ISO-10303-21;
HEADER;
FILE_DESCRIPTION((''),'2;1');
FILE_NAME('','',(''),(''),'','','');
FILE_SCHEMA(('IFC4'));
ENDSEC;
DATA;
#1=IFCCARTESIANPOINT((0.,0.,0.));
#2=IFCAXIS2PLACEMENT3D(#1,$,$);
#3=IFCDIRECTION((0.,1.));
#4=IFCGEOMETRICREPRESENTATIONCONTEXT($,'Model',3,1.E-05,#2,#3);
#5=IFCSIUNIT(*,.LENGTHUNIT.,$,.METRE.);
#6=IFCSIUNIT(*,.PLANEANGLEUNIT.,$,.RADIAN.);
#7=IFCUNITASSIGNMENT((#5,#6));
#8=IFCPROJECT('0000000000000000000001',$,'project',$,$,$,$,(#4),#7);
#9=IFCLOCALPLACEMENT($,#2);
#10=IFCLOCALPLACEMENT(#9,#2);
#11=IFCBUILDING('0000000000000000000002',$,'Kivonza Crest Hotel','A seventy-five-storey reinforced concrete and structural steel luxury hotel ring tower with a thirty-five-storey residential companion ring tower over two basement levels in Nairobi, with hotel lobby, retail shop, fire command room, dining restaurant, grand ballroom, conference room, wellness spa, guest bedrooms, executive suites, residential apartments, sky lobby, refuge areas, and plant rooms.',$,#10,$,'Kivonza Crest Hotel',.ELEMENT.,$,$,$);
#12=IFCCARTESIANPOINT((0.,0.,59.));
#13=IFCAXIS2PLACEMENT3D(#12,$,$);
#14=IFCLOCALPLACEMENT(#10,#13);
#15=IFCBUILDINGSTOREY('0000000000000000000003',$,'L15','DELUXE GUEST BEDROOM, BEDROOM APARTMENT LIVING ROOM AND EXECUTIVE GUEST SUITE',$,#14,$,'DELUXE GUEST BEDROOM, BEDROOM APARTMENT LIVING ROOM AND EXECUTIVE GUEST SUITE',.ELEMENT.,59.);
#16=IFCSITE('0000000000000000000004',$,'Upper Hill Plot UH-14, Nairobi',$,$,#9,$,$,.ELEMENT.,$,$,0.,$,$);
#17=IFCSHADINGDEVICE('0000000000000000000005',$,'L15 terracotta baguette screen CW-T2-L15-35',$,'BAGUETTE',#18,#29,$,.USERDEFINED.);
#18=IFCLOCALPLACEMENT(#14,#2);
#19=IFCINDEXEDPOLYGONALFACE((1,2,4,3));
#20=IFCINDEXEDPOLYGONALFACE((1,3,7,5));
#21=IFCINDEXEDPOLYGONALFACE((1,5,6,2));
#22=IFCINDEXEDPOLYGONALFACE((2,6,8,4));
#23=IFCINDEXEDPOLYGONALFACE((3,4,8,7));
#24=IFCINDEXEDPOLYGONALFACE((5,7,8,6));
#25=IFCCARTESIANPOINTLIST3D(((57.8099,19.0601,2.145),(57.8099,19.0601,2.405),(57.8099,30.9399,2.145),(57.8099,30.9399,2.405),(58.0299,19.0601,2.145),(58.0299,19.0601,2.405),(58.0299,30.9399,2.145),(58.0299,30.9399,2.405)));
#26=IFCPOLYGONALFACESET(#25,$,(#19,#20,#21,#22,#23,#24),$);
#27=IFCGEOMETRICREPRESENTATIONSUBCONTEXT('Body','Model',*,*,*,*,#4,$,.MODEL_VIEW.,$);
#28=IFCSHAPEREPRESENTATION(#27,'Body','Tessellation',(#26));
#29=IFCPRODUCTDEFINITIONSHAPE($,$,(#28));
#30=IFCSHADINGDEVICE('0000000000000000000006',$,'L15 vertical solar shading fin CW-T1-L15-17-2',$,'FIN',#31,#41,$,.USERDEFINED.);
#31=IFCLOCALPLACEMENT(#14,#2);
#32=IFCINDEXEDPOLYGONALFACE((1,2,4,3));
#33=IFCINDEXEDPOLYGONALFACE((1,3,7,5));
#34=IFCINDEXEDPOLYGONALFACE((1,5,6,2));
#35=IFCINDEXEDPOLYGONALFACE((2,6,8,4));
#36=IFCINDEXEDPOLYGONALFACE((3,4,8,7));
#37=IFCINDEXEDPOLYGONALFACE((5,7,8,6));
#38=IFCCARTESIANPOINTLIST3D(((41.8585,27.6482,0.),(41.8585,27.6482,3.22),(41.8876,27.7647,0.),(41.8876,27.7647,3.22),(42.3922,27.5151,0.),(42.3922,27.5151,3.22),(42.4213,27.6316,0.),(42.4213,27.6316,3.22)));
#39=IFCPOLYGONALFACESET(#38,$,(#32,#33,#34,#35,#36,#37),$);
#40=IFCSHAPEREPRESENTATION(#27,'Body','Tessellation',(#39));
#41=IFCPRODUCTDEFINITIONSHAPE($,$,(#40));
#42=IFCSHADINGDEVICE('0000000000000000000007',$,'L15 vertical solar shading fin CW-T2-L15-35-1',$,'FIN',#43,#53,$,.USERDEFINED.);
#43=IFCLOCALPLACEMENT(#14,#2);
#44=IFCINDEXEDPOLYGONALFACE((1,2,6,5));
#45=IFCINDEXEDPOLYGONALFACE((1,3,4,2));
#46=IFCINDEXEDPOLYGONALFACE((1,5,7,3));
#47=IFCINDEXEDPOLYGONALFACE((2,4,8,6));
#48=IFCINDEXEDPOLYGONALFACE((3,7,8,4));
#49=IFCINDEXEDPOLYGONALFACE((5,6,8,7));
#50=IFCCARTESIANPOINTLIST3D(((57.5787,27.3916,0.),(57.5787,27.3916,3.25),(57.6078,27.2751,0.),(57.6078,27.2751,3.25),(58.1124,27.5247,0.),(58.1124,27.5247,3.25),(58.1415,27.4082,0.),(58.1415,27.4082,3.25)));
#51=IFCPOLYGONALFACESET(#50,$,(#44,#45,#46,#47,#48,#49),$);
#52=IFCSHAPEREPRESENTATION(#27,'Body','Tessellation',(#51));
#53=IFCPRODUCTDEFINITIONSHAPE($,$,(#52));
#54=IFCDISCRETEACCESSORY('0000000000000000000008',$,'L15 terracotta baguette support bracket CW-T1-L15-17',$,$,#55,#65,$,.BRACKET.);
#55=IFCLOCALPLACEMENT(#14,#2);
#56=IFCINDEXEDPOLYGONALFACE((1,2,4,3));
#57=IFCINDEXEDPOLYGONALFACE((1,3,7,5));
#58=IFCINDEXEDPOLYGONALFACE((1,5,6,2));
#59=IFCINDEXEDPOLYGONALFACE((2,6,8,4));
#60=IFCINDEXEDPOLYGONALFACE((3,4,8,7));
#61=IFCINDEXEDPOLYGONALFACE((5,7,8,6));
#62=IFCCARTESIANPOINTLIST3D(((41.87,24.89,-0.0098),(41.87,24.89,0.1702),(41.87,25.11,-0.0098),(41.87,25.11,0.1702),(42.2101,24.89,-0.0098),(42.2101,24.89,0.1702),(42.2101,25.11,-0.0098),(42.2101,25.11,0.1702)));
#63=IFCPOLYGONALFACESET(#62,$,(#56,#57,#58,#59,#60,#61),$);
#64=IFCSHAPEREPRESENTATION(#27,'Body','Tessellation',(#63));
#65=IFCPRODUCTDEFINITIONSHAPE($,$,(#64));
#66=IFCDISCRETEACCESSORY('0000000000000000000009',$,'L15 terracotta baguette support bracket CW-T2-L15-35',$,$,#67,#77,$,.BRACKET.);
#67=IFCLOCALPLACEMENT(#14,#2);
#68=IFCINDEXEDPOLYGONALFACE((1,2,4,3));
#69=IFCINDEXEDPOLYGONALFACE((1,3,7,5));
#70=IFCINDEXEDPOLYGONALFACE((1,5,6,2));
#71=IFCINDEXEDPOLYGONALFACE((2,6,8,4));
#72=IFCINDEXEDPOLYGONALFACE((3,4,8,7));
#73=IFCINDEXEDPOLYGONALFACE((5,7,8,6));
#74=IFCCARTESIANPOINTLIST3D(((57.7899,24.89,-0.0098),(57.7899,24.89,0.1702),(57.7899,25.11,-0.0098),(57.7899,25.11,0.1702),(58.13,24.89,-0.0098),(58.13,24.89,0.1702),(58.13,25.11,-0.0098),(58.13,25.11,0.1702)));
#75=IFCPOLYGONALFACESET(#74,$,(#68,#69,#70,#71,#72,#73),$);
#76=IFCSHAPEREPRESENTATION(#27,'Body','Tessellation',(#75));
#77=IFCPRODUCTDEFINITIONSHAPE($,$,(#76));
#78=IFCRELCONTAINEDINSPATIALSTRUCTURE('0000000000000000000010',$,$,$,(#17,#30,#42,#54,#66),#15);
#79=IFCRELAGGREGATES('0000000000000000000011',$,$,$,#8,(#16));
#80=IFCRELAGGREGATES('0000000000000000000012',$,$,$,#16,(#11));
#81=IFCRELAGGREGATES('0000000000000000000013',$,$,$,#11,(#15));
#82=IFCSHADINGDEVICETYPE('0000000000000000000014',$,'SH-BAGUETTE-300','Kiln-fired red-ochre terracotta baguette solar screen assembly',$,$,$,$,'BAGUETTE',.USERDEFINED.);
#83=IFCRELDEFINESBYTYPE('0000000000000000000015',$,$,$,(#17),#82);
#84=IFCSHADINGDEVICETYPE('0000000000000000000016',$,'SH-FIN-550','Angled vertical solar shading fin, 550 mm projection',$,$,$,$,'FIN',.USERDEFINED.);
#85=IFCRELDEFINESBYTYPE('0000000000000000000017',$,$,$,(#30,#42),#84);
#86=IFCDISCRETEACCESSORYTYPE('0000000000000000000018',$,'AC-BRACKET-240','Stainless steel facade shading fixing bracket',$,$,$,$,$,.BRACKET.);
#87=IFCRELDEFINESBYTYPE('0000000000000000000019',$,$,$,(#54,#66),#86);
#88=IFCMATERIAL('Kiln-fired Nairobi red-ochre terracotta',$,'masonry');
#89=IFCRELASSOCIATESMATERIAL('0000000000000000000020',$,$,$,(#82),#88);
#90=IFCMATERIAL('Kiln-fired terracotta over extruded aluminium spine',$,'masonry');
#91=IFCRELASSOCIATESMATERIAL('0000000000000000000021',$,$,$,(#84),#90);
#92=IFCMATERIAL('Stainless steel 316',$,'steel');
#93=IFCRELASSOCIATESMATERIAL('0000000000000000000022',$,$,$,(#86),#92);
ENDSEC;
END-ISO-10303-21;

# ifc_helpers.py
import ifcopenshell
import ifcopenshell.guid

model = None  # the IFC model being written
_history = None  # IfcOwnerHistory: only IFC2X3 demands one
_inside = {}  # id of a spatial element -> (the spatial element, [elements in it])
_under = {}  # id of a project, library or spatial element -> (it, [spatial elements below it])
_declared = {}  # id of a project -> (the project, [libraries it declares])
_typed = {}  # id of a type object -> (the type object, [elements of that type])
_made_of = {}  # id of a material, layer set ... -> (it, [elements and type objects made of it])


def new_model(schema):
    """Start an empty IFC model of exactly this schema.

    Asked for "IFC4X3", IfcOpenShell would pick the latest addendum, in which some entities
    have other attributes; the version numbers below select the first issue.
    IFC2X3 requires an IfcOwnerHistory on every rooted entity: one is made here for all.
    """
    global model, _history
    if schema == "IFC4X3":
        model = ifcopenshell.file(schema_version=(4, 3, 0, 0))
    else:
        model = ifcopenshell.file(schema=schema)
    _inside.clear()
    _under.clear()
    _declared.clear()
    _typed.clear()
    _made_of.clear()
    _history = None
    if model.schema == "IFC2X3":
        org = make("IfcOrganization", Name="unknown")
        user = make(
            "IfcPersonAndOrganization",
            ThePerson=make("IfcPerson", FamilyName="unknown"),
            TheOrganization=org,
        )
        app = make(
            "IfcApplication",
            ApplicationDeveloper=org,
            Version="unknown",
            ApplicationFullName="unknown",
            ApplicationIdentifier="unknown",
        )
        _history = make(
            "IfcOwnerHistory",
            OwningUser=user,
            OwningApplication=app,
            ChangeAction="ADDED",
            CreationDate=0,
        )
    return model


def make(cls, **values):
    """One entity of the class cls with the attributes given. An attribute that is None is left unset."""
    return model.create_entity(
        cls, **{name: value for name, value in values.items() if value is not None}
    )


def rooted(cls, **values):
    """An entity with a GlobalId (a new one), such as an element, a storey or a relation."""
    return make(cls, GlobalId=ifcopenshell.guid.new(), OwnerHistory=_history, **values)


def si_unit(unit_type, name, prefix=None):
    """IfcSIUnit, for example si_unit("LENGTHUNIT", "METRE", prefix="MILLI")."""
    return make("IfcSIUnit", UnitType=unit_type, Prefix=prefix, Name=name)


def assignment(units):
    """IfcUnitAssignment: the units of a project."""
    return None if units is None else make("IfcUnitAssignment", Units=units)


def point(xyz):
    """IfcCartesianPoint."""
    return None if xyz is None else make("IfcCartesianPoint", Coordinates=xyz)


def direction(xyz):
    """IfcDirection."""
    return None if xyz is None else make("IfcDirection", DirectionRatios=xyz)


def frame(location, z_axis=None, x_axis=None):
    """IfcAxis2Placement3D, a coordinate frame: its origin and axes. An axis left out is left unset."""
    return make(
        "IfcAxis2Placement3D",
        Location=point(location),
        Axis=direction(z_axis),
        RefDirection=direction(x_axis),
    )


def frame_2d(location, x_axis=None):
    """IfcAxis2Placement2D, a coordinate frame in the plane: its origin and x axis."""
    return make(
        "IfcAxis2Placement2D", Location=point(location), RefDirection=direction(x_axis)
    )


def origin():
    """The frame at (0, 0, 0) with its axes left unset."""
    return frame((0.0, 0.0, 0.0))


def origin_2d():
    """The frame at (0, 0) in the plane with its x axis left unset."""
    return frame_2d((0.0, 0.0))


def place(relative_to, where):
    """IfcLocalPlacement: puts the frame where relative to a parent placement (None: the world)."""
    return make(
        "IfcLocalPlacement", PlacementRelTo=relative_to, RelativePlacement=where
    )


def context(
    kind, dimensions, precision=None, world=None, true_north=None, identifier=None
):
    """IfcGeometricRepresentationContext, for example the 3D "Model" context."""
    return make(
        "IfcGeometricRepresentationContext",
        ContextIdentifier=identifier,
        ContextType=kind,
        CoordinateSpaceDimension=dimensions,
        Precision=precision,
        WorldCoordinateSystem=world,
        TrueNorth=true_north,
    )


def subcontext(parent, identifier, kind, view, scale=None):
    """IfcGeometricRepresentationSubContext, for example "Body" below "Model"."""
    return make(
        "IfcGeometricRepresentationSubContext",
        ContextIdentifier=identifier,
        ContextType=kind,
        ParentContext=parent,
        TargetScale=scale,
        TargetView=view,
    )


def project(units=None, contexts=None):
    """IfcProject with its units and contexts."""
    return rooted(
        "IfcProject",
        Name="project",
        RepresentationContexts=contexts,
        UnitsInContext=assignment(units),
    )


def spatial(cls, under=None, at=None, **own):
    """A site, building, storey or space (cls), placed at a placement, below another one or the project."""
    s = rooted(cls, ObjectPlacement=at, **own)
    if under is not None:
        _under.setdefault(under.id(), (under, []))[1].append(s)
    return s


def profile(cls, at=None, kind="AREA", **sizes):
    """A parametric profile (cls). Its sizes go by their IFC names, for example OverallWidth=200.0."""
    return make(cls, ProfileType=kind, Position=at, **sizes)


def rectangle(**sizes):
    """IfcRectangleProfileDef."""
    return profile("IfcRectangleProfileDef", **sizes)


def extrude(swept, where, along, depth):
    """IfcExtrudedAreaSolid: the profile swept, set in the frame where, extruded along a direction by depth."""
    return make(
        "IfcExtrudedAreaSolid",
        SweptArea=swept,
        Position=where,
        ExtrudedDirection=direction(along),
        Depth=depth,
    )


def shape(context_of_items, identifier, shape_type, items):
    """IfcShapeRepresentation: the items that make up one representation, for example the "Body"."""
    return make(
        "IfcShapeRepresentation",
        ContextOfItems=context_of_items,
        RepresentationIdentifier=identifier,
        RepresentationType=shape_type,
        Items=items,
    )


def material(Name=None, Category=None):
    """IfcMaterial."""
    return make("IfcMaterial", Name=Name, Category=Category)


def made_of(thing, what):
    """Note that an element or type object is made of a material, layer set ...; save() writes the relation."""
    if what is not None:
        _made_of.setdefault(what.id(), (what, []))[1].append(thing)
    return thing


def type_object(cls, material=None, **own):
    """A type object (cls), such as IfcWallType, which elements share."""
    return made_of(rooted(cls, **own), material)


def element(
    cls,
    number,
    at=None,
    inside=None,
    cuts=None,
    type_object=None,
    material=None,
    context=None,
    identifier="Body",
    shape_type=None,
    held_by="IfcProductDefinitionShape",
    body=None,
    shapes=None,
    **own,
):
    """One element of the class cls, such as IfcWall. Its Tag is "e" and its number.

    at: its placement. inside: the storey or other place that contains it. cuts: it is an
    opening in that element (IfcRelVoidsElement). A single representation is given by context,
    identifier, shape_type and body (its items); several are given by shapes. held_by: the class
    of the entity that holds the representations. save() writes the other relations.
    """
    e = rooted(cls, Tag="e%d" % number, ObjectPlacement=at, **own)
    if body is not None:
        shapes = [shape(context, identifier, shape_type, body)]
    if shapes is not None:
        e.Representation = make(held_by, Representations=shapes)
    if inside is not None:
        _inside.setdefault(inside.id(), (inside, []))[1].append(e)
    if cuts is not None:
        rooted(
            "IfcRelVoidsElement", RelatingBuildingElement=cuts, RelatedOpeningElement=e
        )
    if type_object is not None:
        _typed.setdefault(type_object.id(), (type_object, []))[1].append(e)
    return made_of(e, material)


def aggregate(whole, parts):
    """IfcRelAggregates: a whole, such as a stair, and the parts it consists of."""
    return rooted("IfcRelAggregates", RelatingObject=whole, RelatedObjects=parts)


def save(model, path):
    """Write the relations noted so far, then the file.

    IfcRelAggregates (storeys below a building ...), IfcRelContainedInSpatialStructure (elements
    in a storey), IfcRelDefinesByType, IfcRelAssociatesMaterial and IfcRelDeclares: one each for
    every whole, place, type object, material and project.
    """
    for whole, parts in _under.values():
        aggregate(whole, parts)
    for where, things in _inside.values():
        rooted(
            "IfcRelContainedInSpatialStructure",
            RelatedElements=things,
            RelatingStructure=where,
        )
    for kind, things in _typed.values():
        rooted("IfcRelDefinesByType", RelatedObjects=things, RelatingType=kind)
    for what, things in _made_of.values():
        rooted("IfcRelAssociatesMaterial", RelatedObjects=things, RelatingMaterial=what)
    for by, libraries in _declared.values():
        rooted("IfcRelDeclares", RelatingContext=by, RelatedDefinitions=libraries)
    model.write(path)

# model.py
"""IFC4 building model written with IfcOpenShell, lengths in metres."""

from ifc_helpers import new_model, si_unit, direction, frame, origin, origin_2d, place, context, subcontext, project, spatial, rectangle, extrude, material, type_object, element, save


model = new_model("IFC4")

# Units and contexts
model_context = context("Model", 3, precision=1e-05, world=origin(), true_north=direction((0.0, 1.0)))
body_context = subcontext(model_context, "Body", "Model", "MODEL_VIEW")
ifc_project = project(units=[si_unit("LENGTHUNIT", "METRE"), si_unit("PLANEANGLEUNIT", "RADIAN")], contexts=[model_context])

# Site, building, storey
site_placement = place(None, origin())
site = spatial("IfcSite", under=ifc_project, at=site_placement, Name="Upper Hill Plot UH-14, Nairobi", CompositionType="ELEMENT", RefElevation=0.0)
building_placement = place(site_placement, origin())
building = spatial("IfcBuilding", under=site, at=building_placement, Name="Kivonza Crest Hotel", Description="A seventy-five-storey reinforced concrete and structural steel luxury hotel ring tower with a thirty-five-storey residential companion ring tower over two basement levels in Nairobi, with hotel lobby, retail shop, fire command room, dining restaurant, grand ballroom, conference room, wellness spa, guest bedrooms, executive suites, residential apartments, sky lobby, refuge areas, and plant rooms.", LongName="Kivonza Crest Hotel", CompositionType="ELEMENT")
storey_placement = place(building_placement, frame((0.0, 0.0, 59.0)))
storey = spatial("IfcBuildingStorey", under=building, at=storey_placement, Name="L15", Description="DELUXE GUEST BEDROOM, BEDROOM APARTMENT LIVING ROOM AND EXECUTIVE GUEST SUITE", LongName="DELUXE GUEST BEDROOM, BEDROOM APARTMENT LIVING ROOM AND EXECUTIVE GUEST SUITE", CompositionType="ELEMENT", Elevation=59.0)

# Shading devices
ifc_material_1 = material(Name="Kiln-fired Nairobi red-ochre terracotta", Category="masonry")
shading_device_type_1 = type_object("IfcShadingDeviceType", Name="SH-BAGUETTE-300", Description="Kiln-fired red-ochre terracotta baguette solar screen assembly", ElementType="BAGUETTE", PredefinedType="USERDEFINED", material=ifc_material_1)
shading_device_1_placement = place(storey_placement, frame((57.9199, 25.0, 2.145), z_axis=(0.0, 0.0, 1.0), x_axis=(0.0, -1.0, 0.0)))
element("IfcShadingDevice", 1, at=shading_device_1_placement, inside=storey, type_object=shading_device_type_1, Name="L15 terracotta baguette screen CW-T2-L15-35", ObjectType="BAGUETTE", PredefinedType="USERDEFINED", context=body_context, shape_type="SweptSolid", body=[
    extrude(rectangle(XDim=11.8799, YDim=0.22, at=origin_2d()), origin(), (0.0, 0.0, 1.0), 0.26),
])
ifc_material_2 = material(Name="Kiln-fired terracotta over extruded aluminium spine", Category="masonry")
shading_device_type_2 = type_object("IfcShadingDeviceType", Name="SH-FIN-550", Description="Angled vertical solar shading fin, 550 mm projection", ElementType="FIN", PredefinedType="USERDEFINED", material=ifc_material_2)
shading_device_2_placement = place(storey_placement, frame((42.1399, 27.6399, 0.0), z_axis=(0.0, 0.0, 1.0), x_axis=(0.241922, 0.970296, 0.0)))
element("IfcShadingDevice", 2, at=shading_device_2_placement, inside=storey, type_object=shading_device_type_2, Name="L15 vertical solar shading fin CW-T1-L15-17-2", ObjectType="FIN", PredefinedType="USERDEFINED", context=body_context, shape_type="SweptSolid", body=[
    extrude(rectangle(XDim=0.1201, YDim=0.55, at=origin_2d()), origin(), (0.0, 0.0, 1.0), 3.22),
])
shading_device_3_placement = place(storey_placement, frame((57.8601, 27.3999, 0.0), z_axis=(0.0, 0.0, 1.0), x_axis=(0.241922, -0.970296, 0.0)))
element("IfcShadingDevice", 3, at=shading_device_3_placement, inside=storey, type_object=shading_device_type_2, Name="L15 vertical solar shading fin CW-T2-L15-35-1", ObjectType="FIN", PredefinedType="USERDEFINED", context=body_context, shape_type="SweptSolid", body=[
    extrude(rectangle(XDim=0.1201, YDim=0.55, at=origin_2d()), origin(), (0.0, 0.0, 1.0), 3.25),
])

# Discrete accessories
ifc_material_3 = material(Name="Stainless steel 316", Category="steel")
discrete_accessory_type = type_object("IfcDiscreteAccessoryType", Name="AC-BRACKET-240", Description="Stainless steel facade shading fixing bracket", PredefinedType="BRACKET", material=ifc_material_3)
for number, where, z_axis, x_axis, name in (
    (4, (42.04, 25.0, -0.0098), (0.0, 0.0, 1.0), (0.0, 1.0, 0.0), "L15 terracotta baguette support bracket CW-T1-L15-17"),
    (5, (57.96, 25.0, -0.0098), (0.0, 0.0, 1.0), (0.0, -1.0, 0.0), "L15 terracotta baguette support bracket CW-T2-L15-35"),
):
    element("IfcDiscreteAccessory", number, at=place(storey_placement, frame(where, z_axis=z_axis, x_axis=x_axis)), inside=storey, type_object=discrete_accessory_type, Name=name, PredefinedType="BRACKET", context=body_context, shape_type="SweptSolid", body=[
        extrude(rectangle(XDim=0.22, YDim=0.3401, at=origin_2d()), origin(), (0.0, 0.0, 1.0), 0.1799),
    ])

save(model, "model.ifc")
